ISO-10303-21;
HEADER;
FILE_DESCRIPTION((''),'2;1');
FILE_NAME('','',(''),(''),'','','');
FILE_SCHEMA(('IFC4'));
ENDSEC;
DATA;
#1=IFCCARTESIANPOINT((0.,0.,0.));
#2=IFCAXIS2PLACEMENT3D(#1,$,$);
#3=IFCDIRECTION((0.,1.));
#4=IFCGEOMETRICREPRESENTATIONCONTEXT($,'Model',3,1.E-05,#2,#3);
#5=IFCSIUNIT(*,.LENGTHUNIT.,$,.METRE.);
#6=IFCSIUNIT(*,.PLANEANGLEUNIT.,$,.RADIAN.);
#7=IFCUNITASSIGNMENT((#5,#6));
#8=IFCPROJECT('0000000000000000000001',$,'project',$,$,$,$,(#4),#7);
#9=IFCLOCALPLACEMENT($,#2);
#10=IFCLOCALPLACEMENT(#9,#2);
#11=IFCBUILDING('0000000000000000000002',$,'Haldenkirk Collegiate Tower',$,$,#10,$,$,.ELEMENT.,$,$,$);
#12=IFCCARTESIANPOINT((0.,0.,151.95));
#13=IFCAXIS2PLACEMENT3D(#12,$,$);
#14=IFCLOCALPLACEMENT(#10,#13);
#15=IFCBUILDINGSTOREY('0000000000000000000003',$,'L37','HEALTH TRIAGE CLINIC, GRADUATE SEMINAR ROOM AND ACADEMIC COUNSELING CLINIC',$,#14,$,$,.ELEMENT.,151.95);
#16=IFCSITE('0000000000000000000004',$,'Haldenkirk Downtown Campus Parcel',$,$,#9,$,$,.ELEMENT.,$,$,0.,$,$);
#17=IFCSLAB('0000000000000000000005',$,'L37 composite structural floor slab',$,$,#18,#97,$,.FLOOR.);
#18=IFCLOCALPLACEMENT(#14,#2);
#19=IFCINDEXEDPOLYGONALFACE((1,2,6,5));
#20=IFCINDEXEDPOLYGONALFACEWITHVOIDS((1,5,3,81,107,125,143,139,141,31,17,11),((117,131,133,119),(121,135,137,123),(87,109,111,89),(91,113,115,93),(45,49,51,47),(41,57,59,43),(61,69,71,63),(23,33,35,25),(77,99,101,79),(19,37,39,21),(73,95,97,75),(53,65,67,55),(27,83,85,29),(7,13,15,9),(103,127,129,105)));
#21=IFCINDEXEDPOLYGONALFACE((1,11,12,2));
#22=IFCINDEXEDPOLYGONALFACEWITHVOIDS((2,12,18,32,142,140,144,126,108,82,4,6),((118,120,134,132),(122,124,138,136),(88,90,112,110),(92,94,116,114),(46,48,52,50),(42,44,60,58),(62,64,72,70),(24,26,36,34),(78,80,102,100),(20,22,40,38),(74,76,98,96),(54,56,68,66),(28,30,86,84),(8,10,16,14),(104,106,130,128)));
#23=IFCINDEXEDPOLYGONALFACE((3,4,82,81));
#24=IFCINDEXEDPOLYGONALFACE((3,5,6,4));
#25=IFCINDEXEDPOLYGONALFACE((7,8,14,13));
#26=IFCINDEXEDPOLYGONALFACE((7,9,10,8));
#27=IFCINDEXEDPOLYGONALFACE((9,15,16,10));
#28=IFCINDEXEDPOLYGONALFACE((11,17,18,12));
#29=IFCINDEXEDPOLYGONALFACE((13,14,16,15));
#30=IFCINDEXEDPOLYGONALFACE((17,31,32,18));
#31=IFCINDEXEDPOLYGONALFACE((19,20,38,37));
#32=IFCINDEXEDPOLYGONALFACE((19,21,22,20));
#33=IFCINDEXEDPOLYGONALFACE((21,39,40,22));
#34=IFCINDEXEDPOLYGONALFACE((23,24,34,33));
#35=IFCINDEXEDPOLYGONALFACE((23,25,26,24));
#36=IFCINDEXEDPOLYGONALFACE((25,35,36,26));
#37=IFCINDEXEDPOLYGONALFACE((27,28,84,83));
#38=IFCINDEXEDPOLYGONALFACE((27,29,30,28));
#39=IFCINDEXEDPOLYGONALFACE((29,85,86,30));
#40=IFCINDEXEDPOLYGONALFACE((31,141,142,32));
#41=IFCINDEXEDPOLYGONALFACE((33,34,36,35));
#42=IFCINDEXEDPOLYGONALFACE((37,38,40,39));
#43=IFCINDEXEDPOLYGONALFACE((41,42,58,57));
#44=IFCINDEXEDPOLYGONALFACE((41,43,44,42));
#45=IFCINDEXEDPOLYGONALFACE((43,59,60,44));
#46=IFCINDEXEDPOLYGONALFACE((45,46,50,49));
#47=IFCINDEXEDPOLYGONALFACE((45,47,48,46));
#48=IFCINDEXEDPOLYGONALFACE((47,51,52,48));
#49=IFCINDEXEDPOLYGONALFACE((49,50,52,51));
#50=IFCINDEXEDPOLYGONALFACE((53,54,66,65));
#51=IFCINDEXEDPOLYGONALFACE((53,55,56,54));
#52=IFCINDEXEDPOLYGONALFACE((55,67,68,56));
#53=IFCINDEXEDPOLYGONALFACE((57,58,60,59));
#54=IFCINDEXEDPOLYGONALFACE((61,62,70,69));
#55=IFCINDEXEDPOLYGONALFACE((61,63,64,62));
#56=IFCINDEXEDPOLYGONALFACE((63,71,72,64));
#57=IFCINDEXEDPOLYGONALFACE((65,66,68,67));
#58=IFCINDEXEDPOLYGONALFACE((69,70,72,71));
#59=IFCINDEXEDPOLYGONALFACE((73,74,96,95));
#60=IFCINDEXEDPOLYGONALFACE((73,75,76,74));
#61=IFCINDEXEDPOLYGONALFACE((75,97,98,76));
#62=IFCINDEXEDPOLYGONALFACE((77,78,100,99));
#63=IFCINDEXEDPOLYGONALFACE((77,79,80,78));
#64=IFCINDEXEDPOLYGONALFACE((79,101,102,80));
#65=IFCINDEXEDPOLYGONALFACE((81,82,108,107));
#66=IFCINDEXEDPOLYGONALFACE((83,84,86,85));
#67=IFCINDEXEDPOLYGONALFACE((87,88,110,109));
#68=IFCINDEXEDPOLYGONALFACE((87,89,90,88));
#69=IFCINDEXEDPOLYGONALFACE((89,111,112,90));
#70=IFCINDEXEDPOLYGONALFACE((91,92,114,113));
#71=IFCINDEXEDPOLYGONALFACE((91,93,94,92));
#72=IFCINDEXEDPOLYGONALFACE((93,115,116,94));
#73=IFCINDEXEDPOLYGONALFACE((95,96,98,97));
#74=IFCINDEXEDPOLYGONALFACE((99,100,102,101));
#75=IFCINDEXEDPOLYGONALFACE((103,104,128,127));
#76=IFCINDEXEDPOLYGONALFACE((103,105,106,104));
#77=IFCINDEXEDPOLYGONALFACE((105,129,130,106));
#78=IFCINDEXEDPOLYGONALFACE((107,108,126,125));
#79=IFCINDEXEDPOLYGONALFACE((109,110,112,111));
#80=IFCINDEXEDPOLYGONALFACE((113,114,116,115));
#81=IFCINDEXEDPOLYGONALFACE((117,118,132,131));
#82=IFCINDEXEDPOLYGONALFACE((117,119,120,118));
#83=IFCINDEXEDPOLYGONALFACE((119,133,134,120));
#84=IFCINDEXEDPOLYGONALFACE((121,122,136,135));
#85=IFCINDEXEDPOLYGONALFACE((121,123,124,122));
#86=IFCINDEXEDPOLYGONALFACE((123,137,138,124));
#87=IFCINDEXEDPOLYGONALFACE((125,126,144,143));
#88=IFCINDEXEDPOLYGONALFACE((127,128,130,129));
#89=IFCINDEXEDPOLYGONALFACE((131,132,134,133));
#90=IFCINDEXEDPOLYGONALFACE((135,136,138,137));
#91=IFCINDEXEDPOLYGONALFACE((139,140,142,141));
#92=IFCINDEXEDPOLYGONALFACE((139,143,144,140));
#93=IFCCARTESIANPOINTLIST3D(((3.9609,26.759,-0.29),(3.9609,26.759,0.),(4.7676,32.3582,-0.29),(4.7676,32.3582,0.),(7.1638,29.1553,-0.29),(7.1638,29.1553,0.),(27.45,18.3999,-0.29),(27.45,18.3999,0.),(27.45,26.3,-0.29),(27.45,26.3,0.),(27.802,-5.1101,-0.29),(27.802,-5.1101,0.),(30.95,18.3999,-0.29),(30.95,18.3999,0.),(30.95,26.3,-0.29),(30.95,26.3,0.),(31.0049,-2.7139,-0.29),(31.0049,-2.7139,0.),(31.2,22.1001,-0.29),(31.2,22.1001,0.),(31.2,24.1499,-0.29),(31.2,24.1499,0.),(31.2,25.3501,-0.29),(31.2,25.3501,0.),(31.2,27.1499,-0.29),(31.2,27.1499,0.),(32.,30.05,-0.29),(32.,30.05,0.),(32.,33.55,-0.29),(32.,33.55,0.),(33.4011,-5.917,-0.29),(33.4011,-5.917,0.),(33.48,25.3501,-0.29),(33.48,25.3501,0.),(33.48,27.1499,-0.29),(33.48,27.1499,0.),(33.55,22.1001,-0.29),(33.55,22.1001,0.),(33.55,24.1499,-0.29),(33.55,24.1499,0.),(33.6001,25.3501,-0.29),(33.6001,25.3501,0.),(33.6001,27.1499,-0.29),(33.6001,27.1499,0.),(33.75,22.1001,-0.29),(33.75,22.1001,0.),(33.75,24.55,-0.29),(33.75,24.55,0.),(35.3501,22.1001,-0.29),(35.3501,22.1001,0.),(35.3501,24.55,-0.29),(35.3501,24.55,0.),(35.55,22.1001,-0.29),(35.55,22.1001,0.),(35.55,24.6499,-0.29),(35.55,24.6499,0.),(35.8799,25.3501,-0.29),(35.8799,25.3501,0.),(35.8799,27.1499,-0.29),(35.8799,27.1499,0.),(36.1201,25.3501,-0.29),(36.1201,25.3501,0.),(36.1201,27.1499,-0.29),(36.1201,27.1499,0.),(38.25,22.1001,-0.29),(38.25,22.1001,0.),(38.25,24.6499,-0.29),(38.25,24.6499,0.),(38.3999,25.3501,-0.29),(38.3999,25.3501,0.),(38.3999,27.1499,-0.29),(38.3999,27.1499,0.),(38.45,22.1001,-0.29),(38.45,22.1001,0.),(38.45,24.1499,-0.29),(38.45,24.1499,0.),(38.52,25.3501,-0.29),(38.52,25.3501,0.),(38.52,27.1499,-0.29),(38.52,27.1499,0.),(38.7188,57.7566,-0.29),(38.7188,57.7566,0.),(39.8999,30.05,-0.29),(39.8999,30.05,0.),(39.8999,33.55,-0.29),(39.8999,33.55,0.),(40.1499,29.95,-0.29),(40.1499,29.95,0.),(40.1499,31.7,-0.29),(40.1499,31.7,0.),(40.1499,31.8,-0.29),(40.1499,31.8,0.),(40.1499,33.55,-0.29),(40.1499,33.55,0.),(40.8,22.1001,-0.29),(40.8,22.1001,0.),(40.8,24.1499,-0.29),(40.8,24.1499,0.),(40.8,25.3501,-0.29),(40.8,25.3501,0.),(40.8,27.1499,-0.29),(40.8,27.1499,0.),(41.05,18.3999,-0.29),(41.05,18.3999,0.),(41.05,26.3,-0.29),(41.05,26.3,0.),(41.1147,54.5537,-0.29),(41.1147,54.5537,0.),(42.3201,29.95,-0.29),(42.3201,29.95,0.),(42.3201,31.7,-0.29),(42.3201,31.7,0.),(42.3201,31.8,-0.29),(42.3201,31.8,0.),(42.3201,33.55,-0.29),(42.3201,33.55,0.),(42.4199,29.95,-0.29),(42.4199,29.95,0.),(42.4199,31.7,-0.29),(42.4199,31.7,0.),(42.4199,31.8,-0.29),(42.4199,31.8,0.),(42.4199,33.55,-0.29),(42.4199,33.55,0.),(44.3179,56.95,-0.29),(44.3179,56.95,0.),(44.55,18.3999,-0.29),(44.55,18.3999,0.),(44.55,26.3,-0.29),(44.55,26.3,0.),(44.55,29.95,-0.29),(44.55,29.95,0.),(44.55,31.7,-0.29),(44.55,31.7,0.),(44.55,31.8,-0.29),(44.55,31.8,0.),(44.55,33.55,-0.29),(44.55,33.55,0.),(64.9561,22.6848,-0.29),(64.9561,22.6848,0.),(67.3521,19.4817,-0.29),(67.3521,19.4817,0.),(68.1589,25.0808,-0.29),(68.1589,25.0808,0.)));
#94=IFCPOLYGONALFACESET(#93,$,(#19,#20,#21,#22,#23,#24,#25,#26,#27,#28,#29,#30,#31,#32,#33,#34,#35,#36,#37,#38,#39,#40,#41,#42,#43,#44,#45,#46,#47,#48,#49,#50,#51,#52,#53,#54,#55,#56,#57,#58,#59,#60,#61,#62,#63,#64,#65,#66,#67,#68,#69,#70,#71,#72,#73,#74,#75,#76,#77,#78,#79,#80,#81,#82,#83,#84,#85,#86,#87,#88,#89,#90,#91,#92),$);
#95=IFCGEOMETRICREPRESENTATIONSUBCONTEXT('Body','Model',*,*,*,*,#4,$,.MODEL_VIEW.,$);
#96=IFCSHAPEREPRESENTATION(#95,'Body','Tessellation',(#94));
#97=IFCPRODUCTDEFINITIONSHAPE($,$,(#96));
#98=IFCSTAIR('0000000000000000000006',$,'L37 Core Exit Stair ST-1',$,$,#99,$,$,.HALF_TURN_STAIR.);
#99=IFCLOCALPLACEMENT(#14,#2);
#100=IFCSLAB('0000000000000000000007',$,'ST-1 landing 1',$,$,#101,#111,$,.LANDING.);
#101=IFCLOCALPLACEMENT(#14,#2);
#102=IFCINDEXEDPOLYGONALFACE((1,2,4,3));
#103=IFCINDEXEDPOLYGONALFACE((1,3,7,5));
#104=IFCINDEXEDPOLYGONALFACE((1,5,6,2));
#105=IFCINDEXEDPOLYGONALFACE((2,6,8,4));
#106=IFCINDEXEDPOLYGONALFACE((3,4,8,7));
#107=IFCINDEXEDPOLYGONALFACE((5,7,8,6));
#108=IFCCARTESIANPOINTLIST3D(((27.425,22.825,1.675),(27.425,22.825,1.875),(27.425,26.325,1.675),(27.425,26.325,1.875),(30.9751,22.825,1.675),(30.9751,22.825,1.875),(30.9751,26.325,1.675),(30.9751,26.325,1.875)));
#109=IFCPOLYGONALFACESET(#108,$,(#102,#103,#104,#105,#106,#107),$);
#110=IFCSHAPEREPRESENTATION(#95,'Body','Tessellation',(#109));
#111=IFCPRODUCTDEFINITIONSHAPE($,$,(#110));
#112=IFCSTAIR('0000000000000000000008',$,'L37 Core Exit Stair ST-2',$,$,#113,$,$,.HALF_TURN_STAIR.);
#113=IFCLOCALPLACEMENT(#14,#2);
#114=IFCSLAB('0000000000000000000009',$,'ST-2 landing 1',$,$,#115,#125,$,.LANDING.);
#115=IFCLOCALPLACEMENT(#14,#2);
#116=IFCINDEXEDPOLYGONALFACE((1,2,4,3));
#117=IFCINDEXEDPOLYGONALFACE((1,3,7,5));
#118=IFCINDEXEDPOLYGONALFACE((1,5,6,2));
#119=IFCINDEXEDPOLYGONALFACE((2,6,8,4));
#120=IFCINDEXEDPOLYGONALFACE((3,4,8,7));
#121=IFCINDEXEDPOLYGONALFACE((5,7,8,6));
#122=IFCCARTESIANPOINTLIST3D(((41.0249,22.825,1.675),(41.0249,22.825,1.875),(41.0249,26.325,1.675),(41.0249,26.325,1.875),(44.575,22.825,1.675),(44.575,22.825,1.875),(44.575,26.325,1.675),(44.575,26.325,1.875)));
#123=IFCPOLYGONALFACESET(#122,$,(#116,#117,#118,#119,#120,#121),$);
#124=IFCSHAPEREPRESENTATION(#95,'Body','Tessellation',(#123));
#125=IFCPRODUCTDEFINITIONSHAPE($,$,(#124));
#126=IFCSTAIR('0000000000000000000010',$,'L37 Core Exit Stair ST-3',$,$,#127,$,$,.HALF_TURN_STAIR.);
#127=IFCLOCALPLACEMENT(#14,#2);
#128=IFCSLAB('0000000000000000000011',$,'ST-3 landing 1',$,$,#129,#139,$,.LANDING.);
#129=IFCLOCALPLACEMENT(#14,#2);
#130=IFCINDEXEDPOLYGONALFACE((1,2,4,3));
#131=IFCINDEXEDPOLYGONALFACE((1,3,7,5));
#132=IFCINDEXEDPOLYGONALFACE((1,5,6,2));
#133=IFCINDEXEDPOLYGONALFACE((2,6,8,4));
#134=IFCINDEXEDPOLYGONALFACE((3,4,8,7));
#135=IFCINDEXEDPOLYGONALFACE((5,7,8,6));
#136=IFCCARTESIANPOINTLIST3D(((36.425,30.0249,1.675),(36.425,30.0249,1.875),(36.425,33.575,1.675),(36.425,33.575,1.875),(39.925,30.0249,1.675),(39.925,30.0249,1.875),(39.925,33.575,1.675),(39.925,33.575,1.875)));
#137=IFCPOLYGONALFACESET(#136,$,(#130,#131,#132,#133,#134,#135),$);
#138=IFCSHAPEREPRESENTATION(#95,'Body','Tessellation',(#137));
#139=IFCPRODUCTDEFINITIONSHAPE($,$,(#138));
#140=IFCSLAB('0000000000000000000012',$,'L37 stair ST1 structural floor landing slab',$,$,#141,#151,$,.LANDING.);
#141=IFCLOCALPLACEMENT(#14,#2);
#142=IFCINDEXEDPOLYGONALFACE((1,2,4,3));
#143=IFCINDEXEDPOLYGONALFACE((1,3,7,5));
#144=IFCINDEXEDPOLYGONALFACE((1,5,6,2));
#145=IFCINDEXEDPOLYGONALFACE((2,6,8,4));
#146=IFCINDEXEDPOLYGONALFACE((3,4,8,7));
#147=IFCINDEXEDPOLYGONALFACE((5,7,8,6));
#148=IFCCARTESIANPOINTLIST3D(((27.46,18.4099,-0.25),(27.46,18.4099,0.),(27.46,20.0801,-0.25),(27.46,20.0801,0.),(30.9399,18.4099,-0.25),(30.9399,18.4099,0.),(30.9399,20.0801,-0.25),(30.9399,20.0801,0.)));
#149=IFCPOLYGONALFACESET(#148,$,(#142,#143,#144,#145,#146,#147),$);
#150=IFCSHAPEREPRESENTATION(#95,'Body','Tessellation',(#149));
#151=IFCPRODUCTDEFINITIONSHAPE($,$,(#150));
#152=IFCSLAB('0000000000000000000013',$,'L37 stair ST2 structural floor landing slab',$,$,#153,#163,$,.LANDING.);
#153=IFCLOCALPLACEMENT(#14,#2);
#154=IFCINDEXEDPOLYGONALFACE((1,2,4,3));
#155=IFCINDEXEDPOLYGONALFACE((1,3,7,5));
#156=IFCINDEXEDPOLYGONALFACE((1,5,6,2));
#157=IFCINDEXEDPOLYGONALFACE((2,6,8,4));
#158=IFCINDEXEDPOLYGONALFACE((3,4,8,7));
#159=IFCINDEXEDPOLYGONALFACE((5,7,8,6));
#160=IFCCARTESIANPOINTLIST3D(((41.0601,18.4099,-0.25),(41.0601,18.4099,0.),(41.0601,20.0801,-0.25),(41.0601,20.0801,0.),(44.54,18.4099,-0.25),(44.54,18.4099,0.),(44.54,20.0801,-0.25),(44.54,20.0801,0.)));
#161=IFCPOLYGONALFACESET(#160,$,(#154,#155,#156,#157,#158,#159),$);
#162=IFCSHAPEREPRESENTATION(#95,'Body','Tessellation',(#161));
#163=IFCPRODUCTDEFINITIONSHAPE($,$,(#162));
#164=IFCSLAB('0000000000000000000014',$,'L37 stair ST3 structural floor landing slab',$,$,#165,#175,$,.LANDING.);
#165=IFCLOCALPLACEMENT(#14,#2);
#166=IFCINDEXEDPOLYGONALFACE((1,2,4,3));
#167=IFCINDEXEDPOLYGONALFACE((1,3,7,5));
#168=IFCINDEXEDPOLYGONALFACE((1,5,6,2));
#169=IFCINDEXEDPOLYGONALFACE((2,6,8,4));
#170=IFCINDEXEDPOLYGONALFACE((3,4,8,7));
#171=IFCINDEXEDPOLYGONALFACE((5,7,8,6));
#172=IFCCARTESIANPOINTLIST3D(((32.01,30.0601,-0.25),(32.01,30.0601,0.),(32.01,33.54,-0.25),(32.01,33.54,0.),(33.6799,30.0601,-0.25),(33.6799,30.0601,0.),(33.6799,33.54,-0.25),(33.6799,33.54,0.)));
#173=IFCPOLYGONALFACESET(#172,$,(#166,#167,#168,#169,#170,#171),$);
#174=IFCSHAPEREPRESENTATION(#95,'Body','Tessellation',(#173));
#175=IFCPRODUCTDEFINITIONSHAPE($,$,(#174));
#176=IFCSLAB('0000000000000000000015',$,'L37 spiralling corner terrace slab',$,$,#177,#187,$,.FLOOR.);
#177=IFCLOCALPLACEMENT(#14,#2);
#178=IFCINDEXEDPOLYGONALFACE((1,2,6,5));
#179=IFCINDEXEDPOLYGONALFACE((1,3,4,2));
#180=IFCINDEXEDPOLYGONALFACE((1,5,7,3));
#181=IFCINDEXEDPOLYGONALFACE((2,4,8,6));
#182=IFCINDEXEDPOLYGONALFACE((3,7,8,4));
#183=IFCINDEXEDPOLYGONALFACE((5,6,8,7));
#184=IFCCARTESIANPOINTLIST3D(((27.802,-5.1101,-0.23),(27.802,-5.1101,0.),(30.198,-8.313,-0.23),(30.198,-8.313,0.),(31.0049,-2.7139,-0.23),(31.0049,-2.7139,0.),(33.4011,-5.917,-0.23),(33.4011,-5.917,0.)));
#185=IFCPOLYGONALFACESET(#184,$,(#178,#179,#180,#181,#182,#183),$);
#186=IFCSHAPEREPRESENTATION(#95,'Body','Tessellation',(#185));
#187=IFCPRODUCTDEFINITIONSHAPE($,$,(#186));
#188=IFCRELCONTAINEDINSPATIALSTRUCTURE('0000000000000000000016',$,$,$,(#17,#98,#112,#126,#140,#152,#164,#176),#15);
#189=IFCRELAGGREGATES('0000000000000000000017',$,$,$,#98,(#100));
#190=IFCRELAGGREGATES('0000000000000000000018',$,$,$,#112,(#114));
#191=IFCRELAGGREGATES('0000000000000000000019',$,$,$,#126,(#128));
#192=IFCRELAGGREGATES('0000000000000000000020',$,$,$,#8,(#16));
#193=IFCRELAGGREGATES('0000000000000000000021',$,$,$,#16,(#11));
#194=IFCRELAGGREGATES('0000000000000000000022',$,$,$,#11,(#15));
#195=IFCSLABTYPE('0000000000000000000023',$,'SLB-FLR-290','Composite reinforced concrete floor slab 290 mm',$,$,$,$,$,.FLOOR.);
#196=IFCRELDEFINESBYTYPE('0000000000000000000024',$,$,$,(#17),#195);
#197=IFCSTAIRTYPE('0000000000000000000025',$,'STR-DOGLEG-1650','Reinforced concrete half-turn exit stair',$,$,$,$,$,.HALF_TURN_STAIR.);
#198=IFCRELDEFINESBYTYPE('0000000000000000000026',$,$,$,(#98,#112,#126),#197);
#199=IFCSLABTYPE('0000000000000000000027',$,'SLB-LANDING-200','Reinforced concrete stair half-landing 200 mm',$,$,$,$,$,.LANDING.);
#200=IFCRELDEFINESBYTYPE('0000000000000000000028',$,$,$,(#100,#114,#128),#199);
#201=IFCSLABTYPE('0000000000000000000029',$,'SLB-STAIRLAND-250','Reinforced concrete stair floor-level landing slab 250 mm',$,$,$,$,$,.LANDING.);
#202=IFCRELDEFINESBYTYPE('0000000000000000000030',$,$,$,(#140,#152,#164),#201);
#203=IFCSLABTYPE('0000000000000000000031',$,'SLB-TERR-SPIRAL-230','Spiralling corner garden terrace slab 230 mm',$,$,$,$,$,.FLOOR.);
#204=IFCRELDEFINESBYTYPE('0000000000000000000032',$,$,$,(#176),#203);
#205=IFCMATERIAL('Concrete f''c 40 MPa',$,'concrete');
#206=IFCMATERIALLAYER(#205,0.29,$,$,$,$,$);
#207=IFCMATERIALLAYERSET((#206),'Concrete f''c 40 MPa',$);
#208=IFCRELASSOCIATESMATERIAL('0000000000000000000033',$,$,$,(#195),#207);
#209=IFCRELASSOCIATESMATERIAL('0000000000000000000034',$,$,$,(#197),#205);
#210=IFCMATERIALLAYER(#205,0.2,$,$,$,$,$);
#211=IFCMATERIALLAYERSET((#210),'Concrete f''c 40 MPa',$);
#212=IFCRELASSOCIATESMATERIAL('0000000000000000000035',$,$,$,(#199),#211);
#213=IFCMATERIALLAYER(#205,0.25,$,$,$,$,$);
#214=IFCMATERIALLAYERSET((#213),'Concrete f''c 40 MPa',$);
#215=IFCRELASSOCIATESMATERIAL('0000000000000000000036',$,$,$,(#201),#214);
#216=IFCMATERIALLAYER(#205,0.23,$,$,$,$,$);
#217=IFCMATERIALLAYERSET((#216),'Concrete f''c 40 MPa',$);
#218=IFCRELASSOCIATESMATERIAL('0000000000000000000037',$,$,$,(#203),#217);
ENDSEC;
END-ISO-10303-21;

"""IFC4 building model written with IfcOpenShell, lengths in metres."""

from ifc_helpers import new_model, si_unit, direction, frame, origin, place, context, subcontext, project, spatial, polyline, outline, extrude, material, layer, layer_set, type_object, element, aggregate, save


model = new_model("IFC4")

# Units and contexts
model_context = context("Model", 3, precision=1e-05, world=origin(), true_north=direction((0.0, 1.0)))
body_context = subcontext(model_context, "Body", "Model", "MODEL_VIEW")
ifc_project = project(units=[si_unit("LENGTHUNIT", "METRE"), si_unit("PLANEANGLEUNIT", "RADIAN")], contexts=[model_context])

# Site, building, storey
site_placement = place(None, origin())
site = spatial("IfcSite", under=ifc_project, at=site_placement, Name="Haldenkirk Downtown Campus Parcel", CompositionType="ELEMENT", RefElevation=0.0)
building_placement = place(site_placement, origin())
building = spatial("IfcBuilding", under=site, at=building_placement, Name="Haldenkirk Collegiate Tower", CompositionType="ELEMENT")
storey_placement = place(building_placement, frame((0.0, 0.0, 151.95)))
storey = spatial("IfcBuildingStorey", under=building, at=storey_placement, Name="L37", Description="HEALTH TRIAGE CLINIC, GRADUATE SEMINAR ROOM AND ACADEMIC COUNSELING CLINIC", CompositionType="ELEMENT", Elevation=151.95)

# Slab
ifc_material_1 = material(Name="Concrete f'c 40 MPa", Category="concrete")
ifc_layer_1 = layer(ifc_material_1, 0.29)
ifc_layer_set_1 = layer_set([ifc_layer_1], Name="Concrete f'c 40 MPa")
slab_type_1 = type_object("IfcSlabType", Name="SLB-FLR-290", Description="Composite reinforced concrete floor slab 290 mm", PredefinedType="FLOOR", material=ifc_layer_set_1)
slab_1_placement = place(storey_placement, frame((0.0, 0.0, -0.29)))
element("IfcSlab", 1, at=slab_1_placement, inside=storey, type_object=slab_type_1, Name="L37 composite structural floor slab", PredefinedType="FLOOR", context=body_context, shape_type="SweptSolid", body=[
    extrude(outline(polyline([(33.4011, -5.917), (67.3521, 19.4817), (64.9561, 22.6848), (68.1589, 25.0808), (44.3179, 56.95), (41.1147, 54.5537), (38.7188, 57.7566), (4.7676, 32.3582), (7.1638, 29.1553), (3.9609, 26.759), (27.802, -5.1101), (31.0049, -2.7139), (33.4011, -5.917)]), holes=[polyline([(27.45, 18.3999), (30.95, 18.3999), (30.95, 26.3), (27.45, 26.3), (27.45, 18.3999)]), polyline([(41.05, 18.3999), (44.55, 18.3999), (44.55, 26.3), (41.05, 26.3), (41.05, 18.3999)]), polyline([(32.0, 30.05), (39.8999, 30.05), (39.8999, 33.55), (32.0, 33.55), (32.0, 30.05)]), polyline([(33.75, 22.1001), (35.3501, 22.1001), (35.3501, 24.55), (33.75, 24.55), (33.75, 22.1001)]), polyline([(40.1499, 29.95), (42.3201, 29.95), (42.3201, 31.7), (40.1499, 31.7), (40.1499, 29.95)]), polyline([(42.4199, 29.95), (44.55, 29.95), (44.55, 31.7), (42.4199, 31.7), (42.4199, 29.95)]), polyline([(40.1499, 31.8), (42.3201, 31.8), (42.3201, 33.55), (40.1499, 33.55), (40.1499, 31.8)]), polyline([(42.4199, 31.8), (44.55, 31.8), (44.55, 33.55), (42.4199, 33.55), (42.4199, 31.8)]), polyline([(31.2, 25.3501), (33.48, 25.3501), (33.48, 27.1499), (31.2, 27.1499), (31.2, 25.3501)]), polyline([(33.6001, 25.3501), (35.8799, 25.3501), (35.8799, 27.1499), (33.6001, 27.1499), (33.6001, 25.3501)]), polyline([(36.1201, 25.3501), (38.3999, 25.3501), (38.3999, 27.1499), (36.1201, 27.1499), (36.1201, 25.3501)]), polyline([(38.52, 25.3501), (40.8, 25.3501), (40.8, 27.1499), (38.52, 27.1499), (38.52, 25.3501)]), polyline([(31.2, 22.1001), (33.55, 22.1001), (33.55, 24.1499), (31.2, 24.1499), (31.2, 22.1001)]), polyline([(38.45, 22.1001), (40.8, 22.1001), (40.8, 24.1499), (38.45, 24.1499), (38.45, 22.1001)]), polyline([(35.55, 22.1001), (38.25, 22.1001), (38.25, 24.6499), (35.55, 24.6499), (35.55, 22.1001)])]), origin(), (0.0, 0.0, 1.0), 0.29),
])

# Stairs, slabs
stair_type = type_object("IfcStairType", Name="STR-DOGLEG-1650", Description="Reinforced concrete half-turn exit stair", PredefinedType="HALF_TURN_STAIR", material=ifc_material_1)
stair_1_placement = place(storey_placement, origin())
stair_1 = element("IfcStair", 2, at=stair_1_placement, inside=storey, type_object=stair_type, Name="L37 Core Exit Stair ST-1", PredefinedType="HALF_TURN_STAIR")
ifc_layer_2 = layer(ifc_material_1, 0.2)
ifc_layer_set_2 = layer_set([ifc_layer_2], Name="Concrete f'c 40 MPa")
slab_type_2 = type_object("IfcSlabType", Name="SLB-LANDING-200", Description="Reinforced concrete stair half-landing 200 mm", PredefinedType="LANDING", material=ifc_layer_set_2)
slab_2_placement = place(storey_placement, frame((0.0, 0.0, 1.675)))
slab_2 = element("IfcSlab", 3, at=slab_2_placement, type_object=slab_type_2, Name="ST-1 landing 1", PredefinedType="LANDING", context=body_context, shape_type="SweptSolid", body=[
    extrude(outline(polyline([(30.9751, 22.825), (27.425, 22.825), (27.425, 26.325), (30.9751, 26.325), (30.9751, 22.825)])), origin(), (0.0, 0.0, 1.0), 0.2),
])
aggregate(stair_1, [slab_2])
stair_2_placement = place(storey_placement, origin())
stair_2 = element("IfcStair", 4, at=stair_2_placement, inside=storey, type_object=stair_type, Name="L37 Core Exit Stair ST-2", PredefinedType="HALF_TURN_STAIR")
slab_3_placement = place(storey_placement, frame((0.0, 0.0, 1.675)))
slab_3 = element("IfcSlab", 5, at=slab_3_placement, type_object=slab_type_2, Name="ST-2 landing 1", PredefinedType="LANDING", context=body_context, shape_type="SweptSolid", body=[
    extrude(outline(polyline([(44.575, 22.825), (41.0249, 22.825), (41.0249, 26.325), (44.575, 26.325), (44.575, 22.825)])), origin(), (0.0, 0.0, 1.0), 0.2),
])
aggregate(stair_2, [slab_3])
stair_3_placement = place(storey_placement, origin())
stair_3 = element("IfcStair", 6, at=stair_3_placement, inside=storey, type_object=stair_type, Name="L37 Core Exit Stair ST-3", PredefinedType="HALF_TURN_STAIR")
slab_4_placement = place(storey_placement, frame((0.0, 0.0, 1.675)))
slab_4 = element("IfcSlab", 7, at=slab_4_placement, type_object=slab_type_2, Name="ST-3 landing 1", PredefinedType="LANDING", context=body_context, shape_type="SweptSolid", body=[
    extrude(outline(polyline([(36.425, 30.0249), (36.425, 33.575), (39.925, 33.575), (39.925, 30.0249), (36.425, 30.0249)])), origin(), (0.0, 0.0, 1.0), 0.2),
])
aggregate(stair_3, [slab_4])

# Slabs
ifc_layer_3 = layer(ifc_material_1, 0.25)
ifc_layer_set_3 = layer_set([ifc_layer_3], Name="Concrete f'c 40 MPa")
slab_type_3 = type_object("IfcSlabType", Name="SLB-STAIRLAND-250", Description="Reinforced concrete stair floor-level landing slab 250 mm", PredefinedType="LANDING", material=ifc_layer_set_3)
slab_5_placement = place(storey_placement, frame((0.0, 0.0, -0.25)))
element("IfcSlab", 8, at=slab_5_placement, inside=storey, type_object=slab_type_3, Name="L37 stair ST1 structural floor landing slab", PredefinedType="LANDING", context=body_context, shape_type="SweptSolid", body=[
    extrude(outline(polyline([(27.46, 18.4099), (30.9399, 18.4099), (30.9399, 20.0801), (27.46, 20.0801), (27.46, 18.4099)])), origin(), (0.0, 0.0, 1.0), 0.25),
])
slab_6_placement = place(storey_placement, frame((0.0, 0.0, -0.25)))
element("IfcSlab", 9, at=slab_6_placement, inside=storey, type_object=slab_type_3, Name="L37 stair ST2 structural floor landing slab", PredefinedType="LANDING", context=body_context, shape_type="SweptSolid", body=[
    extrude(outline(polyline([(41.0601, 18.4099), (44.54, 18.4099), (44.54, 20.0801), (41.0601, 20.0801), (41.0601, 18.4099)])), origin(), (0.0, 0.0, 1.0), 0.25),
])
slab_7_placement = place(storey_placement, frame((0.0, 0.0, -0.25)))
element("IfcSlab", 10, at=slab_7_placement, inside=storey, type_object=slab_type_3, Name="L37 stair ST3 structural floor landing slab", PredefinedType="LANDING", context=body_context, shape_type="SweptSolid", body=[
    extrude(outline(polyline([(32.01, 30.0601), (33.6799, 30.0601), (33.6799, 33.54), (32.01, 33.54), (32.01, 30.0601)])), origin(), (0.0, 0.0, 1.0), 0.25),
])
ifc_layer_4 = layer(ifc_material_1, 0.23)
ifc_layer_set_4 = layer_set([ifc_layer_4], Name="Concrete f'c 40 MPa")
slab_type_4 = type_object("IfcSlabType", Name="SLB-TERR-SPIRAL-230", Description="Spiralling corner garden terrace slab 230 mm", PredefinedType="FLOOR", material=ifc_layer_set_4)
slab_8_placement = place(storey_placement, frame((0.0, 0.0, -0.23)))
element("IfcSlab", 11, at=slab_8_placement, inside=storey, type_object=slab_type_4, Name="L37 spiralling corner terrace slab", PredefinedType="FLOOR", context=body_context, shape_type="SweptSolid", body=[
    extrude(outline(polyline([(30.198, -8.313), (33.4011, -5.917), (31.0049, -2.7139), (27.802, -5.1101), (30.198, -8.313)])), origin(), (0.0, 0.0, 1.0), 0.23),
])

save(model, "model.ifc")
